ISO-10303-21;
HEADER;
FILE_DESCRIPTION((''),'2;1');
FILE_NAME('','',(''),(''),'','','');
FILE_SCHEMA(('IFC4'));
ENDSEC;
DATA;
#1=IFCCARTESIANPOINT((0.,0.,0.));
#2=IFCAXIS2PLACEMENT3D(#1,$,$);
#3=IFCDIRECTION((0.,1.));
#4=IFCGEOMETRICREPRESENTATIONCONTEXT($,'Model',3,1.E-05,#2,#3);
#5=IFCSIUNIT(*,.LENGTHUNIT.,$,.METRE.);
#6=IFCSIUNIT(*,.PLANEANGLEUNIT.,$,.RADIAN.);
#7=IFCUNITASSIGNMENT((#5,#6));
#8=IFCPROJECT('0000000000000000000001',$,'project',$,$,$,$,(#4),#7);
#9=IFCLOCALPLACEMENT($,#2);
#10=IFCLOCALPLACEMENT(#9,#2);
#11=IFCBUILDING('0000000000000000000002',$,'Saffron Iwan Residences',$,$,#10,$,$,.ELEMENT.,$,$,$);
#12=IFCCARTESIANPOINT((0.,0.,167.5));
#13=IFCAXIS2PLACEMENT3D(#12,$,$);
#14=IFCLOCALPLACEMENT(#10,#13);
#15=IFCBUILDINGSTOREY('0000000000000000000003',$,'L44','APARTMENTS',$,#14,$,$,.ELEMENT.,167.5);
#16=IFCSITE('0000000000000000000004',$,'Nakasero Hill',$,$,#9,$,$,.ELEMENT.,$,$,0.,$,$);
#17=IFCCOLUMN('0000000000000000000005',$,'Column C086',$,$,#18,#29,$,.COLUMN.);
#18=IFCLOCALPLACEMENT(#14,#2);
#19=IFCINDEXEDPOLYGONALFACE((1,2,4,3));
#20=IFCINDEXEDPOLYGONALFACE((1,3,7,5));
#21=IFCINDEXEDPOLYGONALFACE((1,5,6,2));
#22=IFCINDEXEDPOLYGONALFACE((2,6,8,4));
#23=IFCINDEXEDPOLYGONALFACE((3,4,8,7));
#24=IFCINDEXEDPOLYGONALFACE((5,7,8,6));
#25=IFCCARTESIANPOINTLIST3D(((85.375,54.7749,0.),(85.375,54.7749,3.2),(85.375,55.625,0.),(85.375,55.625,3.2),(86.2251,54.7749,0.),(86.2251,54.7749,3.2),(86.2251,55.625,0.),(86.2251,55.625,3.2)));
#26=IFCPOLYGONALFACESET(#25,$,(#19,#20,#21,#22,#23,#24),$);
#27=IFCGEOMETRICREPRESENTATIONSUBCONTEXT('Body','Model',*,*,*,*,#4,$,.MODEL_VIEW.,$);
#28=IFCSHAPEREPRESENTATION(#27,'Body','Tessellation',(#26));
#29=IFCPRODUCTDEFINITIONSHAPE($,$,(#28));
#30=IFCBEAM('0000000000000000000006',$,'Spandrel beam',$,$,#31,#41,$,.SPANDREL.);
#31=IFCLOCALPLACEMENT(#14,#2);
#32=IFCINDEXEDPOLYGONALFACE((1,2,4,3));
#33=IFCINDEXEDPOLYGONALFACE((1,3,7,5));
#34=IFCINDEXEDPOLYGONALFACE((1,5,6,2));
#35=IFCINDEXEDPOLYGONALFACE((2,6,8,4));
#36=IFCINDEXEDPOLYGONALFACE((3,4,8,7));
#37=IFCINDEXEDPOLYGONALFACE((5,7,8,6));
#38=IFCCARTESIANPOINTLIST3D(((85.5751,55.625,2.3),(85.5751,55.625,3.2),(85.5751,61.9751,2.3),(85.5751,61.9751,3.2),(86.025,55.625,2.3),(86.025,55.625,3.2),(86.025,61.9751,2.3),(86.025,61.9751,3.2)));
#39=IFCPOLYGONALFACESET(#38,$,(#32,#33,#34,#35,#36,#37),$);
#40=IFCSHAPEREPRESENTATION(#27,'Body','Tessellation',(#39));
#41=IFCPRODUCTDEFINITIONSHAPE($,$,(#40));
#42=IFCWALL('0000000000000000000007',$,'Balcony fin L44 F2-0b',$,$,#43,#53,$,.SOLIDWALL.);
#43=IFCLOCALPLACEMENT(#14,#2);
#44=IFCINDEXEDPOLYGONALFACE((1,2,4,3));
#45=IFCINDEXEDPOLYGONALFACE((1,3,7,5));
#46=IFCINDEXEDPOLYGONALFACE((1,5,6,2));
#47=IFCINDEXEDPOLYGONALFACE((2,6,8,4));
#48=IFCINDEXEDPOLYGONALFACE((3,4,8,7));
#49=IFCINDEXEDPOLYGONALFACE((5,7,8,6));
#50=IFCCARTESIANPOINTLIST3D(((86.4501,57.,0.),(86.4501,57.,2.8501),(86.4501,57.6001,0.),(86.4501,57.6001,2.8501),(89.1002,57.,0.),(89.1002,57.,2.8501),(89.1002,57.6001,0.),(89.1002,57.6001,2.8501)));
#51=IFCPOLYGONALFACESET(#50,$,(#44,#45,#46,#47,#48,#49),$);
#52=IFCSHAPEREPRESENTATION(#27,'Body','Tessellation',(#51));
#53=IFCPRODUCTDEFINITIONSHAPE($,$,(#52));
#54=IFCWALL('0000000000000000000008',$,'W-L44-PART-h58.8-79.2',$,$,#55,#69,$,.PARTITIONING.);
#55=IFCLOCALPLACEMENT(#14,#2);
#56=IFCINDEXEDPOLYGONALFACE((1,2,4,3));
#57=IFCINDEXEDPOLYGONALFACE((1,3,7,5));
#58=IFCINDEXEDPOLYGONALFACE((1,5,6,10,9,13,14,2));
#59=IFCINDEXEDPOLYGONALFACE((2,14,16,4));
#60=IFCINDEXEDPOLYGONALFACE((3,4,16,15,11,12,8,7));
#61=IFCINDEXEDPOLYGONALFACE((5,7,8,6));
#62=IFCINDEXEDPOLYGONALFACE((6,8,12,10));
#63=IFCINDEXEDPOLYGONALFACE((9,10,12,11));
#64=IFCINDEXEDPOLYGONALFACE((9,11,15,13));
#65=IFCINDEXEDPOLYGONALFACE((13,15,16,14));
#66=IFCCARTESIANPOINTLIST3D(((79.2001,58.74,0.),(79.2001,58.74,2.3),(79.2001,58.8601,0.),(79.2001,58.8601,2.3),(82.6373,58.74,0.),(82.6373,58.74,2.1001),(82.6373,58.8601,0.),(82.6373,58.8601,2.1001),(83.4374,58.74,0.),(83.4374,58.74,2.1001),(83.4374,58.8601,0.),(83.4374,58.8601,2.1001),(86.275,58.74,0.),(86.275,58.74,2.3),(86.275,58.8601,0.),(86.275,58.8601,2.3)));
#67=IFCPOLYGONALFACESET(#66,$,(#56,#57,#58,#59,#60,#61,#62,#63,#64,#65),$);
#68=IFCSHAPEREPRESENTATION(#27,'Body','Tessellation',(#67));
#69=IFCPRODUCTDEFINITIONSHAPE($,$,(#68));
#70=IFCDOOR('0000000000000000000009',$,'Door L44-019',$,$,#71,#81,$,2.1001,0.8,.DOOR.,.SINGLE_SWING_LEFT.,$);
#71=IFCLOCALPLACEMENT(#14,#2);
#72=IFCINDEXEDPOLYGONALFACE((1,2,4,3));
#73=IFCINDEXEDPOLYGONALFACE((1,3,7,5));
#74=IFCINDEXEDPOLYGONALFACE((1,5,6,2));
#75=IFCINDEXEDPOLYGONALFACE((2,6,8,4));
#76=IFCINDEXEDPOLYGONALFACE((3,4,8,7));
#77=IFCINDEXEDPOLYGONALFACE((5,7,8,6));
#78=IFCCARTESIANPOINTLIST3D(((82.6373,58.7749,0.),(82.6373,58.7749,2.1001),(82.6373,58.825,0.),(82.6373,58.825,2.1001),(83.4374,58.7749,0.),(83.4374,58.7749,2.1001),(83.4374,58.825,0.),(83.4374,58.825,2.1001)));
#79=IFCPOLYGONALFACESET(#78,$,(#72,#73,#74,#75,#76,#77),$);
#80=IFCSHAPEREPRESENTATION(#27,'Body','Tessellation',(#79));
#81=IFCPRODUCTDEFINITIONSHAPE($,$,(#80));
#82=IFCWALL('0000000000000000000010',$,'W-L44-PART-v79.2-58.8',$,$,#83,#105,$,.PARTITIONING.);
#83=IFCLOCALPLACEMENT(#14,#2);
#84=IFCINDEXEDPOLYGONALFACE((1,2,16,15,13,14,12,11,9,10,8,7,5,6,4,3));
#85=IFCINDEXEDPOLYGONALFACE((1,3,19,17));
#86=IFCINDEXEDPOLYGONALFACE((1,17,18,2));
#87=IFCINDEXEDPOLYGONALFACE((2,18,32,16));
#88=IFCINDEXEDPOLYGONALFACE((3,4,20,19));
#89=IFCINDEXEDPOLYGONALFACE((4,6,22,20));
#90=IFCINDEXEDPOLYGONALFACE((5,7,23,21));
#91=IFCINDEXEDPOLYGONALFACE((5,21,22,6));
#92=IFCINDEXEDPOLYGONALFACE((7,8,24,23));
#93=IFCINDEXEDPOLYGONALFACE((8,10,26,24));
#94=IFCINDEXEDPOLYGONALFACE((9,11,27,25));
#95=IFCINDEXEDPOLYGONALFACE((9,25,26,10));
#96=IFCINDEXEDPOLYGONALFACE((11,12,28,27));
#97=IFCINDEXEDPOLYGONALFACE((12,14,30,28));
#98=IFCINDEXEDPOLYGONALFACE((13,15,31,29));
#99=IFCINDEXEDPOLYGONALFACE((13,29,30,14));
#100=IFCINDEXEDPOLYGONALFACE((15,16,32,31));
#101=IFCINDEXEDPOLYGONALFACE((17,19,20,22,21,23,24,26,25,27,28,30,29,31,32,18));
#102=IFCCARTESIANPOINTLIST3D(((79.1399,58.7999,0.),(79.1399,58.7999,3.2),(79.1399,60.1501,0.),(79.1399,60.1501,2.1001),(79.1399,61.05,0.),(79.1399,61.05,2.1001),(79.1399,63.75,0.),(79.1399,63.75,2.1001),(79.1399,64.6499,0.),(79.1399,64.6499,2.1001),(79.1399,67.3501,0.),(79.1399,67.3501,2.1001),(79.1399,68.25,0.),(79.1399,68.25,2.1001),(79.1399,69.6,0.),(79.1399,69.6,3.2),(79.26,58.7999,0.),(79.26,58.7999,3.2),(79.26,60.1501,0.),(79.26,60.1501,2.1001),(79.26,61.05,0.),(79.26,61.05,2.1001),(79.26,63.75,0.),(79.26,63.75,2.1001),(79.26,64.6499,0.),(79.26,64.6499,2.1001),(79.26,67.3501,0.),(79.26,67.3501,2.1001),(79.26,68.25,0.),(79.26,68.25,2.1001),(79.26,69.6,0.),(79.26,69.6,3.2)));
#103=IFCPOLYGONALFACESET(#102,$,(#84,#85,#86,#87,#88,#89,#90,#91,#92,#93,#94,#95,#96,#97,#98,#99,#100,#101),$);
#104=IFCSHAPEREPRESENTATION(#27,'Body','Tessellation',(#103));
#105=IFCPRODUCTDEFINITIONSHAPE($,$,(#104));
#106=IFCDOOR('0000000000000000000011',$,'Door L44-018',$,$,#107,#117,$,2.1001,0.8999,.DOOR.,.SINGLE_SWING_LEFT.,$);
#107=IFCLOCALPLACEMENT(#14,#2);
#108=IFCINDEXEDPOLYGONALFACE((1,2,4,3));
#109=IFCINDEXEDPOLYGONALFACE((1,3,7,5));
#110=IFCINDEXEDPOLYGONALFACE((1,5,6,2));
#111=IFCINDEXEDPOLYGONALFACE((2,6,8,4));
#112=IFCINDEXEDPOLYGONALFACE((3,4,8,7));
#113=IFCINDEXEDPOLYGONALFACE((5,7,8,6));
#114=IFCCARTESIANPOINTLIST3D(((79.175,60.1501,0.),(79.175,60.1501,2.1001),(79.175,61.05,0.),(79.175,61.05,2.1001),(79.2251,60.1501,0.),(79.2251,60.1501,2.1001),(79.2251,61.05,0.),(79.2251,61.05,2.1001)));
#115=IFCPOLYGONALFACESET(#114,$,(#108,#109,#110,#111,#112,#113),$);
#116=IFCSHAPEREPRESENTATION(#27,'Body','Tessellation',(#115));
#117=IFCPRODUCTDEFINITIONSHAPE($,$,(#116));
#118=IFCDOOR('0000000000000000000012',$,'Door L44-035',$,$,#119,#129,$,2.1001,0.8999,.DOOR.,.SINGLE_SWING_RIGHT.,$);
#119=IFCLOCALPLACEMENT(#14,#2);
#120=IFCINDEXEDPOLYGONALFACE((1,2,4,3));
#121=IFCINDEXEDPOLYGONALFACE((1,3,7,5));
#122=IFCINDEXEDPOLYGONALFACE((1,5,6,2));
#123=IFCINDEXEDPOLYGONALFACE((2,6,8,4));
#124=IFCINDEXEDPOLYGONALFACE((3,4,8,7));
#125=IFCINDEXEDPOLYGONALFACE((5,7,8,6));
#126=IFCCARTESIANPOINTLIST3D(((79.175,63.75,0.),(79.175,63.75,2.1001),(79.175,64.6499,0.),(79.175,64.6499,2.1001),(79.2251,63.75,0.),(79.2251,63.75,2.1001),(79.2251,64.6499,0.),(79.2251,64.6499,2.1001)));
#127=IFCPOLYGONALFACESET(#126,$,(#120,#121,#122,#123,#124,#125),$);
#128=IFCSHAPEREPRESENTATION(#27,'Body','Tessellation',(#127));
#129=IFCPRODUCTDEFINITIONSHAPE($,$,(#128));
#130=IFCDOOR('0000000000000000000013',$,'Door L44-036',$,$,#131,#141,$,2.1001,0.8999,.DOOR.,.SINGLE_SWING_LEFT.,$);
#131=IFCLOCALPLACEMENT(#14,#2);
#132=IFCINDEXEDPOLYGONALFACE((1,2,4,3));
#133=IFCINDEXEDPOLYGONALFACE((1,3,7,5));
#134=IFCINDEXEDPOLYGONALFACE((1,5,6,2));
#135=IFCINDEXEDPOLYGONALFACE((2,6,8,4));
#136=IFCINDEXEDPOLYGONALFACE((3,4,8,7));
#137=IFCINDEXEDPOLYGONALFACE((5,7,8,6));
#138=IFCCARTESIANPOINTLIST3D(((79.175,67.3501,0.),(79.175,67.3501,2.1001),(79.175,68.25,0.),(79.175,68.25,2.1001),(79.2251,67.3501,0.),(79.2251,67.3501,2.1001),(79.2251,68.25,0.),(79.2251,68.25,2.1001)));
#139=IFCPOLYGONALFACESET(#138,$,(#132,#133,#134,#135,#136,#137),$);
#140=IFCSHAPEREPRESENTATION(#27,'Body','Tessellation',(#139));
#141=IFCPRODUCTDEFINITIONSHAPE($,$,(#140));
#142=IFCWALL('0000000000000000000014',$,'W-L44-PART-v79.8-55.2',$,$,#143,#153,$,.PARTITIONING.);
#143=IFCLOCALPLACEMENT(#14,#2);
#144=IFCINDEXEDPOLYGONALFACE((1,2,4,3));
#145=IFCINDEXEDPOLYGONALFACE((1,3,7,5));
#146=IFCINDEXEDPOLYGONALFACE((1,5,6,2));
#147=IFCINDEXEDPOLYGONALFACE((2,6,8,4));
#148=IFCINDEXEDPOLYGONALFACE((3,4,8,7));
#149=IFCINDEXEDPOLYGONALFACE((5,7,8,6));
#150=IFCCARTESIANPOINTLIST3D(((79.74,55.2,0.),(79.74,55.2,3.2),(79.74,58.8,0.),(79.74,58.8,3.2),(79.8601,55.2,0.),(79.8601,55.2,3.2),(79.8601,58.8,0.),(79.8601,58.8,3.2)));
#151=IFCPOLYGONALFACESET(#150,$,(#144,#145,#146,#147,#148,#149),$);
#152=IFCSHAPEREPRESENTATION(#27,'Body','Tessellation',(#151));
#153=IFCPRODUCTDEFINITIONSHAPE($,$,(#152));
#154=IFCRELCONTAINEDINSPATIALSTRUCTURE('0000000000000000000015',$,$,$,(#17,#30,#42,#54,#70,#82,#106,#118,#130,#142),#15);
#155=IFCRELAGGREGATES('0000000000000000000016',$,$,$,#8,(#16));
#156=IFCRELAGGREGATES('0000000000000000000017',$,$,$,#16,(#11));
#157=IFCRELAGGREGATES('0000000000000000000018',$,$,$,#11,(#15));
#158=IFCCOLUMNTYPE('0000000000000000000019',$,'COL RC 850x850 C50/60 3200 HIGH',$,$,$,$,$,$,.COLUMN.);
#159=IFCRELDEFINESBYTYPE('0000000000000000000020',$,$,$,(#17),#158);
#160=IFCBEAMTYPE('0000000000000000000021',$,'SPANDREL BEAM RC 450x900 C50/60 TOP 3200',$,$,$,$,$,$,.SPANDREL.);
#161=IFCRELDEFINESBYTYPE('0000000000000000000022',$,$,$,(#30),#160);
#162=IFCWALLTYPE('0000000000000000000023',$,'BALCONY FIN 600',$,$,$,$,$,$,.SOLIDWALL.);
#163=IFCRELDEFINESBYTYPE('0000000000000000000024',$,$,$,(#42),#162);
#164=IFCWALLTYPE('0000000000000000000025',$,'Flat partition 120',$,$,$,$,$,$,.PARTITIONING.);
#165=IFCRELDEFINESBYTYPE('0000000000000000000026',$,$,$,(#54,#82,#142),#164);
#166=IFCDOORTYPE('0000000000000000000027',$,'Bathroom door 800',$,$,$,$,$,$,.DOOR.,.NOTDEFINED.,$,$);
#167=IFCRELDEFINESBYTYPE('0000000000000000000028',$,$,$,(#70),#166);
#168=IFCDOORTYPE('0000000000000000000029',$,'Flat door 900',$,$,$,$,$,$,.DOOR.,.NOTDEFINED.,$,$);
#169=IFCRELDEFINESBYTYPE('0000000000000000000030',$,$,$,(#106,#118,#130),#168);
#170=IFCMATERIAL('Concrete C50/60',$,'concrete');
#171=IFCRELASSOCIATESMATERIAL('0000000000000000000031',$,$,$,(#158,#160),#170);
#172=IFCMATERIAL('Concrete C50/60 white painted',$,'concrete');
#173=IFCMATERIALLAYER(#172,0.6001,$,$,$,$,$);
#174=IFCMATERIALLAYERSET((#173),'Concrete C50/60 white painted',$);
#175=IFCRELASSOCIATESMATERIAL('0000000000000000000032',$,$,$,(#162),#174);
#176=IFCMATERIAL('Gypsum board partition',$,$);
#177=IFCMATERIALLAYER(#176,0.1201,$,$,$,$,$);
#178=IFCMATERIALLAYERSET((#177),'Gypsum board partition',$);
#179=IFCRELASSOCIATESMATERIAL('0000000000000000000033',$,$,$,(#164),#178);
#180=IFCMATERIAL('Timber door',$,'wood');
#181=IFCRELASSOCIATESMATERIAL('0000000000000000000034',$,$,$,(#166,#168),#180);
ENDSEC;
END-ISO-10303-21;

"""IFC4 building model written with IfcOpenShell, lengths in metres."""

from ifc_helpers import new_model, si_unit, direction, frame, frame_2d, origin, origin_2d, place, context, subcontext, project, spatial, rectangle, extrude, source, transform, mapped, material, layer, layer_set, material_profile, profile_set, type_object, element, fill, save


model = new_model("IFC4")

# Units and contexts
model_context = context("Model", 3, precision=1e-05, world=origin(), true_north=direction((0.0, 1.0)))
body_context = subcontext(model_context, "Body", "Model", "MODEL_VIEW")
ifc_project = project(units=[si_unit("LENGTHUNIT", "METRE"), si_unit("PLANEANGLEUNIT", "RADIAN")], contexts=[model_context])

# Site, building, storey
site_placement = place(None, origin())
site = spatial("IfcSite", under=ifc_project, at=site_placement, Name="Nakasero Hill", CompositionType="ELEMENT", RefElevation=0.0)
building_placement = place(site_placement, origin())
building = spatial("IfcBuilding", under=site, at=building_placement, Name="Saffron Iwan Residences", CompositionType="ELEMENT")
storey_placement = place(building_placement, frame((0.0, 0.0, 167.5)))
storey = spatial("IfcBuildingStorey", under=building, at=storey_placement, Name="L44", Description="APARTMENTS", CompositionType="ELEMENT", Elevation=167.5)

# Column
ifc_material_1 = material(Name="Concrete C50/60", Category="concrete")
ifc_material_profile_1 = material_profile(ifc_material_1, rectangle(XDim=0.8501, YDim=0.8501, at=origin_2d()), Name="RC 850x850")
ifc_profile_set_1 = profile_set([ifc_material_profile_1], Name="Concrete C50/60")
column_type = type_object("IfcColumnType", Name="COL RC 850x850 C50/60 3200 HIGH", PredefinedType="COLUMN", material=ifc_profile_set_1)
shared_shape_1 = source(origin(), body_context, "Body", "SweptSolid", [
    extrude(rectangle(XDim=0.8501, YDim=0.8501, at=origin_2d()), origin(), (0.0, 0.0, 1.0), 3.2),
])
column_placement = place(storey_placement, frame((85.8, 55.2, 0.0), z_axis=(0.0, 0.0, 1.0), x_axis=(1.0, 0.0, 0.0)))
element("IfcColumn", 1, at=column_placement, inside=storey, type_object=column_type, Name="Column C086", PredefinedType="COLUMN", context=body_context, shape_type="MappedRepresentation", body=[
    mapped(shared_shape_1, transform((0.0, 0.0, 0.0))),
])

# Beam
ifc_material_profile_2 = material_profile(ifc_material_1, rectangle(XDim=0.45, YDim=0.8999, at=origin_2d()), Name="RC 450x900")
ifc_profile_set_2 = profile_set([ifc_material_profile_2], Name="Concrete C50/60")
beam_type = type_object("IfcBeamType", Name="SPANDREL BEAM RC 450x900 C50/60 TOP 3200", PredefinedType="SPANDREL", material=ifc_profile_set_2)
shared_shape_2 = source(origin(), body_context, "Body", "SweptSolid", [
    extrude(rectangle(XDim=0.45, YDim=0.8999, at=origin_2d()), origin(), (0.0, 0.0, 1.0), 6.3501),
])
beam_placement = place(storey_placement, frame((85.8, 61.9751, 2.75), z_axis=(0.0, -1.0, 0.0), x_axis=(1.0, 0.0, 0.0)))
element("IfcBeam", 2, at=beam_placement, inside=storey, type_object=beam_type, Name="Spandrel beam", PredefinedType="SPANDREL", context=body_context, shape_type="MappedRepresentation", body=[
    mapped(shared_shape_2, transform((0.0, 0.0, 0.0))),
])

# Wall
ifc_material_2 = material(Name="Concrete C50/60 white painted", Category="concrete")
ifc_layer_1 = layer(ifc_material_2, 0.6001)
ifc_layer_set_1 = layer_set([ifc_layer_1], Name="Concrete C50/60 white painted")
wall_type_1 = type_object("IfcWallType", Name="BALCONY FIN 600", PredefinedType="SOLIDWALL", material=ifc_layer_set_1)
wall_1_placement = place(storey_placement, frame((86.45, 57.3, 0.0), z_axis=(0.0, 0.0, 1.0), x_axis=(1.0, 0.0, 0.0)))
element("IfcWall", 3, at=wall_1_placement, inside=storey, type_object=wall_type_1, Name="Balcony fin L44 F2-0b", PredefinedType="SOLIDWALL", context=body_context, shape_type="SweptSolid", body=[
    extrude(rectangle(XDim=2.6501, YDim=0.6001, at=frame_2d((1.3252, 0.0))), origin(), (0.0, 0.0, 1.0), 2.8501),
])

# Wall, opening, door
ifc_material_3 = material(Name="Gypsum board partition")
ifc_layer_2 = layer(ifc_material_3, 0.1201)
ifc_layer_set_2 = layer_set([ifc_layer_2], Name="Gypsum board partition")
wall_type_2 = type_object("IfcWallType", Name="Flat partition 120", PredefinedType="PARTITIONING", material=ifc_layer_set_2)
wall_2_placement = place(storey_placement, frame((79.2, 58.8, 0.0), z_axis=(0.0, 0.0, 1.0), x_axis=(1.0, 0.0, 0.0)))
wall_2 = element("IfcWall", 4, at=wall_2_placement, inside=storey, type_object=wall_type_2, Name="W-L44-PART-h58.8-79.2", PredefinedType="PARTITIONING", context=body_context, shape_type="SweptSolid", body=[
    extrude(rectangle(XDim=7.075, YDim=0.1201, at=frame_2d((3.5376, 0.0))), origin(), (0.0, 0.0, 1.0), 2.3),
])
opening_1_placement = place(wall_2_placement, frame((3.4375, 0.0, 0.0)))
opening_1 = element("IfcOpeningElement", 5, at=opening_1_placement, cuts=wall_2, PredefinedType="OPENING", context=body_context, shape_type="SweptSolid", body=[
    extrude(rectangle(XDim=0.8, YDim=2.1001, at=frame_2d((0.3999, 1.05))), frame((0.0, 0.0701, 0.0), z_axis=(0.0, -1.0, 0.0), x_axis=(1.0, 0.0, 0.0)), (0.0, 0.0, 1.0), 0.1401),
])
ifc_material_4 = material(Name="Timber door", Category="wood")
door_type_1 = type_object("IfcDoorType", Name="Bathroom door 800", OperationType="NOTDEFINED", PredefinedType="DOOR", material=ifc_material_4)
door_1_placement = place(opening_1_placement, origin())
door_1 = element("IfcDoor", 6, at=door_1_placement, inside=storey, type_object=door_type_1, Name="Door L44-019", OperationType="SINGLE_SWING_LEFT", OverallHeight=2.1001, OverallWidth=0.8, PredefinedType="DOOR", context=body_context, shape_type="SweptSolid", body=[
    extrude(rectangle(XDim=0.8, YDim=2.1001, at=frame_2d((0.3999, 1.05))), frame((0.0, 0.0249, 0.0), z_axis=(0.0, -1.0, 0.0), x_axis=(1.0, 0.0, 0.0)), (0.0, 0.0, 1.0), 0.05),
])
fill(opening_1, door_1)

# Wall, openings, doors
wall_3_placement = place(storey_placement, frame((79.2, 58.8, 0.0), z_axis=(0.0, 0.0, 1.0), x_axis=(0.0, 1.0, 0.0)))
wall_3 = element("IfcWall", 7, at=wall_3_placement, inside=storey, type_object=wall_type_2, Name="W-L44-PART-v79.2-58.8", PredefinedType="PARTITIONING", context=body_context, shape_type="SweptSolid", body=[
    extrude(rectangle(XDim=10.8, YDim=0.1201, at=frame_2d((5.3999, 0.0))), origin(), (0.0, 0.0, 1.0), 3.2),
])
opening_2_placement = place(wall_3_placement, frame((1.3501, 0.0, 0.0)))
opening_2 = element("IfcOpeningElement", 8, at=opening_2_placement, cuts=wall_3, PredefinedType="OPENING", context=body_context, shape_type="SweptSolid", body=[
    extrude(rectangle(XDim=0.8999, YDim=2.1001, at=frame_2d((0.45, 1.05))), frame((0.0, 0.0701, 0.0), z_axis=(0.0, -1.0, 0.0), x_axis=(1.0, 0.0, 0.0)), (0.0, 0.0, 1.0), 0.1401),
])
opening_3_placement = place(wall_3_placement, frame((4.95, 0.0, 0.0)))
opening_3 = element("IfcOpeningElement", 9, at=opening_3_placement, cuts=wall_3, PredefinedType="OPENING", context=body_context, shape_type="SweptSolid", body=[
    extrude(rectangle(XDim=0.8999, YDim=2.1001, at=frame_2d((0.45, 1.05))), frame((0.0, 0.0701, 0.0), z_axis=(0.0, -1.0, 0.0), x_axis=(1.0, 0.0, 0.0)), (0.0, 0.0, 1.0), 0.1401),
])
opening_4_placement = place(wall_3_placement, frame((8.55, 0.0, 0.0)))
opening_4 = element("IfcOpeningElement", 10, at=opening_4_placement, cuts=wall_3, PredefinedType="OPENING", context=body_context, shape_type="SweptSolid", body=[
    extrude(rectangle(XDim=0.8999, YDim=2.1001, at=frame_2d((0.45, 1.05))), frame((0.0, 0.0701, 0.0), z_axis=(0.0, -1.0, 0.0), x_axis=(1.0, 0.0, 0.0)), (0.0, 0.0, 1.0), 0.1401),
])
door_type_2 = type_object("IfcDoorType", Name="Flat door 900", OperationType="NOTDEFINED", PredefinedType="DOOR", material=ifc_material_4)
door_2_placement = place(opening_2_placement, origin())
door_2 = element("IfcDoor", 11, at=door_2_placement, inside=storey, type_object=door_type_2, Name="Door L44-018", OperationType="SINGLE_SWING_LEFT", OverallHeight=2.1001, OverallWidth=0.8999, PredefinedType="DOOR", context=body_context, shape_type="SweptSolid", body=[
    extrude(rectangle(XDim=0.8999, YDim=2.1001, at=frame_2d((0.45, 1.05))), frame((0.0, 0.0249, 0.0), z_axis=(0.0, -1.0, 0.0), x_axis=(1.0, 0.0, 0.0)), (0.0, 0.0, 1.0), 0.05),
])
fill(opening_2, door_2)
door_3_placement = place(opening_3_placement, origin())
door_3 = element("IfcDoor", 12, at=door_3_placement, inside=storey, type_object=door_type_2, Name="Door L44-035", OperationType="SINGLE_SWING_RIGHT", OverallHeight=2.1001, OverallWidth=0.8999, PredefinedType="DOOR", context=body_context, shape_type="SweptSolid", body=[
    extrude(rectangle(XDim=0.8999, YDim=2.1001, at=frame_2d((0.45, 1.05))), frame((0.0, 0.0249, 0.0), z_axis=(0.0, -1.0, 0.0), x_axis=(1.0, 0.0, 0.0)), (0.0, 0.0, 1.0), 0.05),
])
fill(opening_3, door_3)
door_4_placement = place(opening_4_placement, origin())
door_4 = element("IfcDoor", 13, at=door_4_placement, inside=storey, type_object=door_type_2, Name="Door L44-036", OperationType="SINGLE_SWING_LEFT", OverallHeight=2.1001, OverallWidth=0.8999, PredefinedType="DOOR", context=body_context, shape_type="SweptSolid", body=[
    extrude(rectangle(XDim=0.8999, YDim=2.1001, at=frame_2d((0.45, 1.05))), frame((0.0, 0.0249, 0.0), z_axis=(0.0, -1.0, 0.0), x_axis=(1.0, 0.0, 0.0)), (0.0, 0.0, 1.0), 0.05),
])
fill(opening_4, door_4)

# Wall
wall_4_placement = place(storey_placement, frame((79.8, 55.2, 0.0), z_axis=(0.0, 0.0, 1.0), x_axis=(0.0, 1.0, 0.0)))
element("IfcWall", 14, at=wall_4_placement, inside=storey, type_object=wall_type_2, Name="W-L44-PART-v79.8-55.2", PredefinedType="PARTITIONING", context=body_context, shape_type="SweptSolid", body=[
    extrude(rectangle(XDim=3.6001, YDim=0.1201, at=frame_2d((1.8, 0.0))), origin(), (0.0, 0.0, 1.0), 3.2),
])

save(model, "model.ifc")
